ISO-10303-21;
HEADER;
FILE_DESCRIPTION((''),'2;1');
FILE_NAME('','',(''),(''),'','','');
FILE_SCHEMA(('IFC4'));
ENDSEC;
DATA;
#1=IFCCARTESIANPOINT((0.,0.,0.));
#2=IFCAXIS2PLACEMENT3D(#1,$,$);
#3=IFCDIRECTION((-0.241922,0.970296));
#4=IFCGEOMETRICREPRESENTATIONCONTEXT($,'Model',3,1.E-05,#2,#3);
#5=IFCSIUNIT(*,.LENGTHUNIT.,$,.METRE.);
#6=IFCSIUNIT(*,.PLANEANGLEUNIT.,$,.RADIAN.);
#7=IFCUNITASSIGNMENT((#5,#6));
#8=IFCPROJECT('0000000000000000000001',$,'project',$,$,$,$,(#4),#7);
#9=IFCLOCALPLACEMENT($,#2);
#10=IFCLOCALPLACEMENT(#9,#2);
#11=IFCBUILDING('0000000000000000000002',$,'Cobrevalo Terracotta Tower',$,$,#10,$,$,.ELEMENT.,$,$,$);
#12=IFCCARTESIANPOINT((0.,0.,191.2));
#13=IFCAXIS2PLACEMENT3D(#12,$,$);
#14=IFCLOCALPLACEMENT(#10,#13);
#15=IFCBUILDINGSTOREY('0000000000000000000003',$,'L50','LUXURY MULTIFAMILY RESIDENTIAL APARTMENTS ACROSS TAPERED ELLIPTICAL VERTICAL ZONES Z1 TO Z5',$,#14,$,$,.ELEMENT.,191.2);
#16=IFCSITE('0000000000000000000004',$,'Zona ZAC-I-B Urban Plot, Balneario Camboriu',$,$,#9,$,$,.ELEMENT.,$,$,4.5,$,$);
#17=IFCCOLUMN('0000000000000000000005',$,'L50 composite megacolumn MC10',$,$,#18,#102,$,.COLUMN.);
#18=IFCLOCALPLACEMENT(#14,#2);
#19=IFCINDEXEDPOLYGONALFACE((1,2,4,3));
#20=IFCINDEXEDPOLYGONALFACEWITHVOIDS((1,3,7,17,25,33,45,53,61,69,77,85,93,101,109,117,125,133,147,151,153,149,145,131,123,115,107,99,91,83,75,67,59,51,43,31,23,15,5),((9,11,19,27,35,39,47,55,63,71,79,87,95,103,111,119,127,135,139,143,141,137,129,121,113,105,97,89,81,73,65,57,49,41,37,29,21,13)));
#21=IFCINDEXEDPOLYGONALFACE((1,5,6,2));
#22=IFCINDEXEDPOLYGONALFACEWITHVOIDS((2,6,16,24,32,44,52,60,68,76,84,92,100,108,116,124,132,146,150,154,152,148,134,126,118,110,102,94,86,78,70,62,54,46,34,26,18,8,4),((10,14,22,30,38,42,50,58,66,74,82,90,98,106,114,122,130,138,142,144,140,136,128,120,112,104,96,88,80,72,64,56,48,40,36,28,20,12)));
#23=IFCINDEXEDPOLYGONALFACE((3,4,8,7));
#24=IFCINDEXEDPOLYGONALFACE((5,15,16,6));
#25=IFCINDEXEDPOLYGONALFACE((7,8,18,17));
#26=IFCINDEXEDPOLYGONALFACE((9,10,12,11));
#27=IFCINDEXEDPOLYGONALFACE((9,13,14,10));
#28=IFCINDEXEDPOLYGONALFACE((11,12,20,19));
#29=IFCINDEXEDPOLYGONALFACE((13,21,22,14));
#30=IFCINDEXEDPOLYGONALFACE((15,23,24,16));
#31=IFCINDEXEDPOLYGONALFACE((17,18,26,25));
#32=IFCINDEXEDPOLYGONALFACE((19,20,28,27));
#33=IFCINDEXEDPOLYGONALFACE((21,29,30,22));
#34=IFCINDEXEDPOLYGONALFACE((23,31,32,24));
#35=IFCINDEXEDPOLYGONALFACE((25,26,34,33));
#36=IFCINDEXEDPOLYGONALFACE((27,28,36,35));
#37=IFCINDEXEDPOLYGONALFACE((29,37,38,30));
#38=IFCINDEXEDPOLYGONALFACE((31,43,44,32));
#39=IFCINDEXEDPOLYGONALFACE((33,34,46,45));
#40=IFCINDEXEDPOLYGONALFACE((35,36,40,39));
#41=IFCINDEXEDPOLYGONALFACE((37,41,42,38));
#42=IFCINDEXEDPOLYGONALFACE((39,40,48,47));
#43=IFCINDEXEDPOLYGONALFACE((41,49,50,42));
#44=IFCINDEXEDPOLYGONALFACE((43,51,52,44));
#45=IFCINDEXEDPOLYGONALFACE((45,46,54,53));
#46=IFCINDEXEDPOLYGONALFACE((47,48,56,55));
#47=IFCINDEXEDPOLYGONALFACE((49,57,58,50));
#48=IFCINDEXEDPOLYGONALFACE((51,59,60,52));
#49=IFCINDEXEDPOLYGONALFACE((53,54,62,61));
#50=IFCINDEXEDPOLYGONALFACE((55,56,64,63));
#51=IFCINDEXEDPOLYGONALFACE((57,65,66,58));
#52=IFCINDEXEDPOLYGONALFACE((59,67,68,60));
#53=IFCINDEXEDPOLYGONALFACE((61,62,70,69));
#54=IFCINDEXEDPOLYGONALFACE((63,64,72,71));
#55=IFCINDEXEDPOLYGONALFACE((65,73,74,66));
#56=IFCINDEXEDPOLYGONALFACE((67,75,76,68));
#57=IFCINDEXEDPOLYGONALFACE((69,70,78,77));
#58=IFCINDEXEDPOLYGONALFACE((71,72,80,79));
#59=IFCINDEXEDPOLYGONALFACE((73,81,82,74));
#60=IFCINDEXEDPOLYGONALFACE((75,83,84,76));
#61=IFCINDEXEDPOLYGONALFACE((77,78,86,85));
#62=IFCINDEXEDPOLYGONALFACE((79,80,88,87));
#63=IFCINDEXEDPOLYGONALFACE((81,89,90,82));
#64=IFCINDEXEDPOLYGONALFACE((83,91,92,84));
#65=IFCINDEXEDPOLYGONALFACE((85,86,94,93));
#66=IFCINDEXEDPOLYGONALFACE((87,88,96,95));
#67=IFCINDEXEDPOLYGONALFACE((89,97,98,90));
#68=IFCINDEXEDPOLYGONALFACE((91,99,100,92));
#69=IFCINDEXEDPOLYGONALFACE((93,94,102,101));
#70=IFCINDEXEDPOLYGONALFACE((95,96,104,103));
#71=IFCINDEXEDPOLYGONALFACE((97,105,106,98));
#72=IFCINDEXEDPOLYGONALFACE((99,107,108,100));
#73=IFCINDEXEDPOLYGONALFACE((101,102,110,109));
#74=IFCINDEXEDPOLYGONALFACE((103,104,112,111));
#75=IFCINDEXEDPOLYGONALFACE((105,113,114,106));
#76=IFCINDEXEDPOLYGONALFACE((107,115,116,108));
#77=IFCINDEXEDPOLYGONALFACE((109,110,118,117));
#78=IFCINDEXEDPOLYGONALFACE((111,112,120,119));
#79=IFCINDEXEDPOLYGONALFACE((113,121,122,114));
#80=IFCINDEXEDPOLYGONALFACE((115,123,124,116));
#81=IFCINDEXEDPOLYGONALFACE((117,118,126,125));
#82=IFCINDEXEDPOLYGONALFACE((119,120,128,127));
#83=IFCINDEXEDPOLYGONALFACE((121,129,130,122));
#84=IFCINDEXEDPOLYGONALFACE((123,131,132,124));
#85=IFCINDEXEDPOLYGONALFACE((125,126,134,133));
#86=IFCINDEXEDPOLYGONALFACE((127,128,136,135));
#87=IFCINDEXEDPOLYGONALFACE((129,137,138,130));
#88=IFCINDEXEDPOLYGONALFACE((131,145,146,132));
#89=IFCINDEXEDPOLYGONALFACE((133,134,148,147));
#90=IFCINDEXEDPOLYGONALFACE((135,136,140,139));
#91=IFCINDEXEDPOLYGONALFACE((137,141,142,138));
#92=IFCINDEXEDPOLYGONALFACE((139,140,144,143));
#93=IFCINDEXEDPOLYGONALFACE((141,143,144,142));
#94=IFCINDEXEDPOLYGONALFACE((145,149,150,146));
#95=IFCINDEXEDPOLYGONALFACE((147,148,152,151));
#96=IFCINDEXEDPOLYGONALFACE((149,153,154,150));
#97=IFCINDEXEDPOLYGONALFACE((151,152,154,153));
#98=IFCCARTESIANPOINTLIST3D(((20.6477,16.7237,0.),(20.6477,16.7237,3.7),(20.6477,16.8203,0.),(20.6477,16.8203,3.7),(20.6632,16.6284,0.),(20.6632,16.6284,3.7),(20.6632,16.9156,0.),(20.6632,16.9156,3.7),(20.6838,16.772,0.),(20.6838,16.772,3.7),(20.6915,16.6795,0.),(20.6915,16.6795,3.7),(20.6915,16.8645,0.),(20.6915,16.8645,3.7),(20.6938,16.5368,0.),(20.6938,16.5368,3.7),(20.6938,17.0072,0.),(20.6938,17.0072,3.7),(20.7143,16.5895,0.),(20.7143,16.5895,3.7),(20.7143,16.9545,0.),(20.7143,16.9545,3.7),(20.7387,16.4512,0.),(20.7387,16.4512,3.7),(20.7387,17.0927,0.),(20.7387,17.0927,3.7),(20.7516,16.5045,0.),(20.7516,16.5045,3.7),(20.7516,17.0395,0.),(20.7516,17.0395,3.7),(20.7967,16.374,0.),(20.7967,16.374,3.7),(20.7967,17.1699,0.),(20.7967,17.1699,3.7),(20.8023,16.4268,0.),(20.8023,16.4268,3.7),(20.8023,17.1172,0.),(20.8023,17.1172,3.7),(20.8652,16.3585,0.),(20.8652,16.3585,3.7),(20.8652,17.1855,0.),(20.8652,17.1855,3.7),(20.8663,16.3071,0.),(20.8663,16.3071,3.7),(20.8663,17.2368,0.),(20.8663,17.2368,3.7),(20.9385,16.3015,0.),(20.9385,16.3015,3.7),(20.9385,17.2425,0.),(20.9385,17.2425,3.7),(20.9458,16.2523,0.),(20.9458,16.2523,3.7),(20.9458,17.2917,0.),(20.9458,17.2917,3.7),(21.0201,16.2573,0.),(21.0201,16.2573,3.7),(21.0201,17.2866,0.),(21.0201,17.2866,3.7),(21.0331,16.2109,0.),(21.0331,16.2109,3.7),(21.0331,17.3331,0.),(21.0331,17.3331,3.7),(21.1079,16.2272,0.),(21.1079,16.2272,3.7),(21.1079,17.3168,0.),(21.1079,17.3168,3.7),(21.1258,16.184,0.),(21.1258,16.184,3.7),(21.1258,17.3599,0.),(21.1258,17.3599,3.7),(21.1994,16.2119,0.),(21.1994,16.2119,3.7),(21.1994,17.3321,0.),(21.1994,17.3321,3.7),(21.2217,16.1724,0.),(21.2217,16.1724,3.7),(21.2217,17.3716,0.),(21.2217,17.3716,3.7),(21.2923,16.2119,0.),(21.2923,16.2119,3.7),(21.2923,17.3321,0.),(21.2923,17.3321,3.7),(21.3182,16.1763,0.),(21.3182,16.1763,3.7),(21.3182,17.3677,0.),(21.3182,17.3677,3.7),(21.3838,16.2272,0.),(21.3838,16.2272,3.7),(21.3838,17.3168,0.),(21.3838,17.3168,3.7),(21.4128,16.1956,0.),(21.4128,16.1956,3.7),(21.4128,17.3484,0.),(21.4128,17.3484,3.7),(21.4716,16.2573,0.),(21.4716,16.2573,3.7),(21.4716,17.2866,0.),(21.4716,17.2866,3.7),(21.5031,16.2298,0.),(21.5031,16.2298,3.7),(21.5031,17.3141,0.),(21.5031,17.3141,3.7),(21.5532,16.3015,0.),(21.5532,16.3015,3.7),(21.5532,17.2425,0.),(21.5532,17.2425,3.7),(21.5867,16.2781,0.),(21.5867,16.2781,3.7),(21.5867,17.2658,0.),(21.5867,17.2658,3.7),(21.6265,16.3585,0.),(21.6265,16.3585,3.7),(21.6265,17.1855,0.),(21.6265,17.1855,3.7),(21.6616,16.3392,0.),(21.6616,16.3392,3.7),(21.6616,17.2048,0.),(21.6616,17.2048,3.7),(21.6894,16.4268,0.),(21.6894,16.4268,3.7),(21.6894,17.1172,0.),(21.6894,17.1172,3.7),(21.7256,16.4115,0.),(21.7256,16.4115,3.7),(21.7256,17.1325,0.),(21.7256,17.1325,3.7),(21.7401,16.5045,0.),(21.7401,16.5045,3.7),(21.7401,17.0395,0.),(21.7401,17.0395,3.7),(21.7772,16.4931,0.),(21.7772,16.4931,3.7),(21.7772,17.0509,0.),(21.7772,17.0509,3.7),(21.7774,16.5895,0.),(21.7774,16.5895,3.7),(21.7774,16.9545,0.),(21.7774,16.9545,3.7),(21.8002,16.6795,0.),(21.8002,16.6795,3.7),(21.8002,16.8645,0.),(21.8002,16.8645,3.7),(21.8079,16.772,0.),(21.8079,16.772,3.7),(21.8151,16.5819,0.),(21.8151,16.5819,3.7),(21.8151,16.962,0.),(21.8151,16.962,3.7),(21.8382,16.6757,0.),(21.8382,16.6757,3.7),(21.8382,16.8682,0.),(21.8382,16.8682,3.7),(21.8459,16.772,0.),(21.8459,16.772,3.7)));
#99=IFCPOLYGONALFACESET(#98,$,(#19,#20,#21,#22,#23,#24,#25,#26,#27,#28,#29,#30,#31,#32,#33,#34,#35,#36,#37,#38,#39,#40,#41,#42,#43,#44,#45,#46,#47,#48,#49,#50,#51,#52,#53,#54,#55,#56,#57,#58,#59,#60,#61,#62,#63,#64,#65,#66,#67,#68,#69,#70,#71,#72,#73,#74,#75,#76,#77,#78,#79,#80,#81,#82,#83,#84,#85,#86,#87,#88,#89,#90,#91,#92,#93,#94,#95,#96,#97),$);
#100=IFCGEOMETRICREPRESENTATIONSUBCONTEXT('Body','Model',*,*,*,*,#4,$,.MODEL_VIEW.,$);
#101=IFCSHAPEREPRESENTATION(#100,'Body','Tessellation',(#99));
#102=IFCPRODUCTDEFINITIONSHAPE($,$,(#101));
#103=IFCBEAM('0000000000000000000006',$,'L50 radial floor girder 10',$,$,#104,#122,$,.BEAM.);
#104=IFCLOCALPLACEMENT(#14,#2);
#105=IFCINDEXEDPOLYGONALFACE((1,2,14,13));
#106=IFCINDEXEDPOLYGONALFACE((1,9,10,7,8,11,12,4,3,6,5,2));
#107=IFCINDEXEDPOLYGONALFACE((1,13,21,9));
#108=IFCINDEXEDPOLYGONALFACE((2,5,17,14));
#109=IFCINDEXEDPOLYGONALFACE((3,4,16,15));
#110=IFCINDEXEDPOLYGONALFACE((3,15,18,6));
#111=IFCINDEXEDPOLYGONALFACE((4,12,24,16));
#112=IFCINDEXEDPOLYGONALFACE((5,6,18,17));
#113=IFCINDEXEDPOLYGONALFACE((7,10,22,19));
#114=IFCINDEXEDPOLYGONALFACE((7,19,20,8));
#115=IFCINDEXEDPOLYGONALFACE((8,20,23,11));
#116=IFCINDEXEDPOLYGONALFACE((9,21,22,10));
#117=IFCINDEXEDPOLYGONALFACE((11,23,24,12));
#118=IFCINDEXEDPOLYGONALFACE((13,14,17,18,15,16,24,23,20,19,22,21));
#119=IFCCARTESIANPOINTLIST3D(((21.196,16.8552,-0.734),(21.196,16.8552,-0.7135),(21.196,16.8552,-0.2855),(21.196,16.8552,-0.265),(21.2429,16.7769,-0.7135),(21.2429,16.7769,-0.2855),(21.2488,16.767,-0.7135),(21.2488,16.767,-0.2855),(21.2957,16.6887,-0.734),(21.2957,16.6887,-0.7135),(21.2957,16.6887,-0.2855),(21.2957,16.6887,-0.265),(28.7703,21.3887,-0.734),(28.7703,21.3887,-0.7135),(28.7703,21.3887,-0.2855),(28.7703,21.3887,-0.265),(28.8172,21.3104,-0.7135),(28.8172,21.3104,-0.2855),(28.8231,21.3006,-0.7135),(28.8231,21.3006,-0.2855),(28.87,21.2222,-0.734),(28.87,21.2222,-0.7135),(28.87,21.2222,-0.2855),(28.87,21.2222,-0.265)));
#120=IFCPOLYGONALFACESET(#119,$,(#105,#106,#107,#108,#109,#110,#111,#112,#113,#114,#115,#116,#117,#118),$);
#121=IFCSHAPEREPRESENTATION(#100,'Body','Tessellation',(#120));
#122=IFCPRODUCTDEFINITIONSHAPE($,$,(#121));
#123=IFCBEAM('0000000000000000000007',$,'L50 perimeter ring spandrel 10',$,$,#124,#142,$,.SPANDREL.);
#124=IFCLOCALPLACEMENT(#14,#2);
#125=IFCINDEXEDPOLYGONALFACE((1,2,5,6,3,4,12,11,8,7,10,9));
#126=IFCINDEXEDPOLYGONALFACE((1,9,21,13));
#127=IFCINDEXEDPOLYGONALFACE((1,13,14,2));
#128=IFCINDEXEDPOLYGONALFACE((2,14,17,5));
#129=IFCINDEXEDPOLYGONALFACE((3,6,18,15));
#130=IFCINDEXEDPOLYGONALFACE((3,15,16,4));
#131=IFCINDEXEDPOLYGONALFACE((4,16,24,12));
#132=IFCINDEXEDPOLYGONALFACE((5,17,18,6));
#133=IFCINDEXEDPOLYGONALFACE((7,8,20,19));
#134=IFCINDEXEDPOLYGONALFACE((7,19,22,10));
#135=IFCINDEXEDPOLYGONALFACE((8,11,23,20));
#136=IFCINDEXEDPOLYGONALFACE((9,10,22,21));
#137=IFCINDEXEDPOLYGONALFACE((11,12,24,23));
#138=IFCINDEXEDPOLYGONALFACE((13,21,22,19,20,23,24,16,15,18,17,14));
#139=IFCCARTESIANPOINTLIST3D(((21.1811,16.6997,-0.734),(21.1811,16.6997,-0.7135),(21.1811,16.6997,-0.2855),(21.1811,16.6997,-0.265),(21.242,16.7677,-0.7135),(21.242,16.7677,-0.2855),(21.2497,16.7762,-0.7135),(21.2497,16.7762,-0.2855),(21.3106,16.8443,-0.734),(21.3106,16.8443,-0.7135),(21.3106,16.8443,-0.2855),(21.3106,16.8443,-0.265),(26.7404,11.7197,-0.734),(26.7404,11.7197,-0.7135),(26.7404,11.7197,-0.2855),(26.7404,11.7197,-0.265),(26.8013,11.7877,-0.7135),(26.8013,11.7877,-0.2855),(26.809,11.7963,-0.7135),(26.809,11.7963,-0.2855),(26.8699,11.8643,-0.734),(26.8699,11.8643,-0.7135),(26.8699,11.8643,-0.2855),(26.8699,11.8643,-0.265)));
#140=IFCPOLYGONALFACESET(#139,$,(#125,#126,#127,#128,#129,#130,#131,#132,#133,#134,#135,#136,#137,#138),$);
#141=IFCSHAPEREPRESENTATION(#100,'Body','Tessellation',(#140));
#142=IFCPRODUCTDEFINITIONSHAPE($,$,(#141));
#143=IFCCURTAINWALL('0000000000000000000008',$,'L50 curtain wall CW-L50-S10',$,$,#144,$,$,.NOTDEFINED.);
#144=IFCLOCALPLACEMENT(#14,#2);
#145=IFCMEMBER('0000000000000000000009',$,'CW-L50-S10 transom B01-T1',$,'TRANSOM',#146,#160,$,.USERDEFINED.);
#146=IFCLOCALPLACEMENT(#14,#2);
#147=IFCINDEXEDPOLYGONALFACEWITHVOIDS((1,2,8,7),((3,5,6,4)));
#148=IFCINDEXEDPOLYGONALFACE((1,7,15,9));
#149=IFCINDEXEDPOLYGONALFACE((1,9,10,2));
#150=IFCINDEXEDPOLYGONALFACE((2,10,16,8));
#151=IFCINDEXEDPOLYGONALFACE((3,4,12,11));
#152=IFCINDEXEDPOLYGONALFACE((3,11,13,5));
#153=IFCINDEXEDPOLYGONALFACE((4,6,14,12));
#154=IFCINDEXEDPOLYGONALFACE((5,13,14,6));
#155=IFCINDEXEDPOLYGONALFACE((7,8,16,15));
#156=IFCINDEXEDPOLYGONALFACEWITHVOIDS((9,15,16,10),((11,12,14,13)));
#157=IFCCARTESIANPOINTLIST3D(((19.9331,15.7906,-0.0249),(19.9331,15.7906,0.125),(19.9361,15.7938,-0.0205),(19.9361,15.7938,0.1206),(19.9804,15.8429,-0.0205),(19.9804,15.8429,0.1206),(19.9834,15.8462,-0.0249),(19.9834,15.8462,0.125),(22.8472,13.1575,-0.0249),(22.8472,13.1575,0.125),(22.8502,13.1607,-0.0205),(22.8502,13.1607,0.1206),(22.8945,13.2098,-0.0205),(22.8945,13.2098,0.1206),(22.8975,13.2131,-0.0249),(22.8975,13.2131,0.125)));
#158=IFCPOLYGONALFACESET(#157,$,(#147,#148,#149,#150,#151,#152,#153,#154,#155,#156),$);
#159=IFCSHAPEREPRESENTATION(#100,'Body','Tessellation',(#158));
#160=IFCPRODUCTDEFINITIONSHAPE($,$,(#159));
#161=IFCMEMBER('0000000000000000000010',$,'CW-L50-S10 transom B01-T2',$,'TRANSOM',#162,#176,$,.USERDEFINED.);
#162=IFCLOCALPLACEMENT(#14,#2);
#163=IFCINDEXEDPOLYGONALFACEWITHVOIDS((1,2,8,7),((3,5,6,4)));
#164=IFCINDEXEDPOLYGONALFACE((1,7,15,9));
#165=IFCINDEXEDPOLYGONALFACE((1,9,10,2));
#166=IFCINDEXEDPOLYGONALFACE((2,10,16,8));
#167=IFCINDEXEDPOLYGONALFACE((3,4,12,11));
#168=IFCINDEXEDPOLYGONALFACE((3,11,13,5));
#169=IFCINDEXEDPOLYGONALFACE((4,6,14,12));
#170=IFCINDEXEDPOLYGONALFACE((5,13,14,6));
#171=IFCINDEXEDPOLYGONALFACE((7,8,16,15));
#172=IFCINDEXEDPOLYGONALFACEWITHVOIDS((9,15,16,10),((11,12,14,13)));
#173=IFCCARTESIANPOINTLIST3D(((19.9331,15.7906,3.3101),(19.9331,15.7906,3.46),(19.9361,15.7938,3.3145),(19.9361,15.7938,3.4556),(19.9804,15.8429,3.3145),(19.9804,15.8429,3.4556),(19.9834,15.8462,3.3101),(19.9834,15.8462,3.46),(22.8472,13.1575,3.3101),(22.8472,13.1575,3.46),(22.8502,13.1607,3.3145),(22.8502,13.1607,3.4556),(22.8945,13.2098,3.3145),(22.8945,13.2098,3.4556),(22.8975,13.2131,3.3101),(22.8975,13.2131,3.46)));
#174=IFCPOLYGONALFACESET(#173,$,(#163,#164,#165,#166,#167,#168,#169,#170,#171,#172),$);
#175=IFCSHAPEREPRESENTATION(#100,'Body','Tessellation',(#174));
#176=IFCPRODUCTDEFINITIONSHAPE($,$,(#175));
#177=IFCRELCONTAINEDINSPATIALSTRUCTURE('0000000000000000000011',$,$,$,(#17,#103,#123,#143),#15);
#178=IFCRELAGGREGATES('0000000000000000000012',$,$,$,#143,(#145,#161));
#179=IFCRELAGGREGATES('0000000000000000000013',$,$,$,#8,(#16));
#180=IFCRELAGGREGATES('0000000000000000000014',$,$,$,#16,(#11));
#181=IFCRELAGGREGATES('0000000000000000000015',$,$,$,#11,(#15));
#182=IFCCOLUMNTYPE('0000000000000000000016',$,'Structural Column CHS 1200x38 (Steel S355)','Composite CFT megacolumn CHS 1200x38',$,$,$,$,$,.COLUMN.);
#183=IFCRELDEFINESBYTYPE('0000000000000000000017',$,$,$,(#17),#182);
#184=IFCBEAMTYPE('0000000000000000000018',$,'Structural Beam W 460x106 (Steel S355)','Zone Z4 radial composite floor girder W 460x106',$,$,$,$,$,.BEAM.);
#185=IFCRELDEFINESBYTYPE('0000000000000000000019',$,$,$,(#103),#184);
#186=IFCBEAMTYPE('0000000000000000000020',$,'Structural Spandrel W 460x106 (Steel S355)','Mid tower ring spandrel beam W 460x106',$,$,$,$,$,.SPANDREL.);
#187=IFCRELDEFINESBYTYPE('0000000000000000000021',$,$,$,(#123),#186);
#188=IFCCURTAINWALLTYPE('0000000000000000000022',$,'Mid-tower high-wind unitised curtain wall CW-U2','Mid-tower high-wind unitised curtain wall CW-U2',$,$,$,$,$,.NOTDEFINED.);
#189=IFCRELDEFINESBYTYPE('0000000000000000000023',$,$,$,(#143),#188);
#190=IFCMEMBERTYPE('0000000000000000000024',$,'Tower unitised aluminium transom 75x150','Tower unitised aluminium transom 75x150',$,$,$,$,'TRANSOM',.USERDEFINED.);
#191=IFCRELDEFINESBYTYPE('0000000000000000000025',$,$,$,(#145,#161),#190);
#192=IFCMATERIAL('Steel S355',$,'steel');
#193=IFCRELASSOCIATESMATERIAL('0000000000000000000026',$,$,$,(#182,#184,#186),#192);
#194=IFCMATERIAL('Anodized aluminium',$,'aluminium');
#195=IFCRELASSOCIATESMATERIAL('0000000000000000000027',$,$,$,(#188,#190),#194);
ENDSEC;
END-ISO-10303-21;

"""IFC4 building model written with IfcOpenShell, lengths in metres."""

from ifc_helpers import new_model, si_unit, direction, frame, origin, origin_2d, place, context, subcontext, project, spatial, hollow_rectangle, hollow_circle, i_section, extrude, source, transform, mapped, material, material_profile, profile_set, type_object, element, aggregate, save


model = new_model("IFC4")

# Units and contexts
model_context = context("Model", 3, precision=1e-05, world=origin(), true_north=direction((-0.241922, 0.970296)))
body_context = subcontext(model_context, "Body", "Model", "MODEL_VIEW")
ifc_project = project(units=[si_unit("LENGTHUNIT", "METRE"), si_unit("PLANEANGLEUNIT", "RADIAN")], contexts=[model_context])

# Site, building, storey
site_placement = place(None, origin())
site = spatial("IfcSite", under=ifc_project, at=site_placement, Name="Zona ZAC-I-B Urban Plot, Balneario Camboriu", CompositionType="ELEMENT", RefElevation=4.5)
building_placement = place(site_placement, origin())
building = spatial("IfcBuilding", under=site, at=building_placement, Name="Cobrevalo Terracotta Tower", CompositionType="ELEMENT")
storey_placement = place(building_placement, frame((0.0, 0.0, 191.2)))
storey = spatial("IfcBuildingStorey", under=building, at=storey_placement, Name="L50", Description="LUXURY MULTIFAMILY RESIDENTIAL APARTMENTS ACROSS TAPERED ELLIPTICAL VERTICAL ZONES Z1 TO Z5", CompositionType="ELEMENT", Elevation=191.2)

# Column
ifc_material_1 = material(Name="Steel S355", Category="steel")
ifc_material_profile_1 = material_profile(ifc_material_1, hollow_circle(Radius=0.6001, WallThickness=0.0381, at=origin_2d()), Name="CHS 1200x38")
ifc_profile_set_1 = profile_set([ifc_material_profile_1], Name="Steel S355")
column_type = type_object("IfcColumnType", Name="Structural Column CHS 1200x38 (Steel S355)", Description="Composite CFT megacolumn CHS 1200x38", PredefinedType="COLUMN", material=ifc_profile_set_1)
column_placement = place(storey_placement, frame((21.2458, 16.772, 0.0), z_axis=(0.0, 0.0, 1.0), x_axis=(1.0, 0.0, 0.0)))
element("IfcColumn", 1, at=column_placement, inside=storey, type_object=column_type, Name="L50 composite megacolumn MC10", PredefinedType="COLUMN", context=body_context, shape_type="SweptSolid", body=[
    extrude(hollow_circle(Radius=0.6001, WallThickness=0.0381, at=origin_2d()), origin(), (0.0, 0.0, 1.0), 3.7),
])

# Beams
ifc_material_profile_2 = material_profile(ifc_material_1, i_section(OverallWidth=0.1941, OverallDepth=0.469, WebThickness=0.0115, FlangeThickness=0.0205, at=origin_2d()), Name="W 460x106")
ifc_profile_set_2 = profile_set([ifc_material_profile_2], Name="Steel S355")
beam_type_1 = type_object("IfcBeamType", Name="Structural Beam W 460x106 (Steel S355)", Description="Zone Z4 radial composite floor girder W 460x106", PredefinedType="BEAM", material=ifc_profile_set_2)
beam_1_placement = place(storey_placement, frame((21.2458, 16.772, -0.4995), z_axis=(0.858046, 0.513572, 0.0), x_axis=(-0.513572, 0.858046, 0.0)))
element("IfcBeam", 2, at=beam_1_placement, inside=storey, type_object=beam_type_1, Name="L50 radial floor girder 10", PredefinedType="BEAM", context=body_context, shape_type="SweptSolid", body=[
    extrude(i_section(OverallWidth=0.1941, OverallDepth=0.469, WebThickness=0.0115, FlangeThickness=0.0205, at=origin_2d()), origin(), (0.0, 0.0, 1.0), 8.8274),
])
ifc_material_profile_3 = material_profile(ifc_material_1, i_section(OverallWidth=0.1941, OverallDepth=0.469, WebThickness=0.0115, FlangeThickness=0.0205, at=origin_2d()), Name="W 460x106")
ifc_profile_set_3 = profile_set([ifc_material_profile_3], Name="Steel S355")
beam_type_2 = type_object("IfcBeamType", Name="Structural Spandrel W 460x106 (Steel S355)", Description="Mid tower ring spandrel beam W 460x106", PredefinedType="SPANDREL", material=ifc_profile_set_3)
beam_2_placement = place(storey_placement, frame((21.2458, 16.772, -0.4995), z_axis=(0.744852, -0.66723, 0.0), x_axis=(0.66723, 0.744852, 0.0)))
element("IfcBeam", 3, at=beam_2_placement, inside=storey, type_object=beam_type_2, Name="L50 perimeter ring spandrel 10", PredefinedType="SPANDREL", context=body_context, shape_type="SweptSolid", body=[
    extrude(i_section(OverallWidth=0.1941, OverallDepth=0.469, WebThickness=0.0115, FlangeThickness=0.0205, at=origin_2d()), origin(), (0.0, 0.0, 1.0), 7.4636),
])

# Curtain wall, members
ifc_material_2 = material(Name="Anodized aluminium", Category="aluminium")
curtain_wall_type = type_object("IfcCurtainWallType", Name="Mid-tower high-wind unitised curtain wall CW-U2", Description="Mid-tower high-wind unitised curtain wall CW-U2", PredefinedType="NOTDEFINED", material=ifc_material_2)
curtain_wall_1_placement = place(storey_placement, origin())
curtain_wall_1 = element("IfcCurtainWall", 4, at=curtain_wall_1_placement, inside=storey, type_object=curtain_wall_type, Name="L50 curtain wall CW-L50-S10", PredefinedType="NOTDEFINED")
ifc_material_profile_4 = material_profile(ifc_material_2, hollow_rectangle(XDim=0.075, YDim=0.1499, WallThickness=0.0044, at=origin_2d()), Name="CWT 75x150")
ifc_profile_set_4 = profile_set([ifc_material_profile_4], Name="Anodized aluminium")
member_type_1 = type_object("IfcMemberType", Name="Tower unitised aluminium transom 75x150", Description="Tower unitised aluminium transom 75x150", ElementType="TRANSOM", PredefinedType="USERDEFINED", material=ifc_profile_set_4)
shared_shape_1 = source(origin(), body_context, "Body", "SweptSolid", [
    extrude(hollow_rectangle(XDim=0.075, YDim=0.1499, WallThickness=0.0044, at=origin_2d()), origin(), (0.0, 0.0, 1.0), 3.9275),
])
member_1_placement = place(storey_placement, frame((19.9583, 15.8184, 0.05), z_axis=(0.741976, -0.670426, 0.0), x_axis=(0.670426, 0.741976, 0.0)))
member_1 = element("IfcMember", 5, at=member_1_placement, type_object=member_type_1, Name="CW-L50-S10 transom B01-T1", ObjectType="TRANSOM", PredefinedType="USERDEFINED", context=body_context, shape_type="MappedRepresentation", body=[
    mapped(shared_shape_1, transform((0.0, 0.0, 0.0), scale=1.0)),
])
member_2_placement = place(storey_placement, frame((19.9583, 15.8184, 3.385), z_axis=(0.741976, -0.670426, 0.0), x_axis=(0.670426, 0.741976, 0.0)))
member_2 = element("IfcMember", 6, at=member_2_placement, type_object=member_type_1, Name="CW-L50-S10 transom B01-T2", ObjectType="TRANSOM", PredefinedType="USERDEFINED", context=body_context, shape_type="MappedRepresentation", body=[
    mapped(shared_shape_1, transform((0.0, 0.0, 0.0), scale=1.0)),
])

aggregate(curtain_wall_1, [member_1, member_2])

save(model, "model.ifc")
